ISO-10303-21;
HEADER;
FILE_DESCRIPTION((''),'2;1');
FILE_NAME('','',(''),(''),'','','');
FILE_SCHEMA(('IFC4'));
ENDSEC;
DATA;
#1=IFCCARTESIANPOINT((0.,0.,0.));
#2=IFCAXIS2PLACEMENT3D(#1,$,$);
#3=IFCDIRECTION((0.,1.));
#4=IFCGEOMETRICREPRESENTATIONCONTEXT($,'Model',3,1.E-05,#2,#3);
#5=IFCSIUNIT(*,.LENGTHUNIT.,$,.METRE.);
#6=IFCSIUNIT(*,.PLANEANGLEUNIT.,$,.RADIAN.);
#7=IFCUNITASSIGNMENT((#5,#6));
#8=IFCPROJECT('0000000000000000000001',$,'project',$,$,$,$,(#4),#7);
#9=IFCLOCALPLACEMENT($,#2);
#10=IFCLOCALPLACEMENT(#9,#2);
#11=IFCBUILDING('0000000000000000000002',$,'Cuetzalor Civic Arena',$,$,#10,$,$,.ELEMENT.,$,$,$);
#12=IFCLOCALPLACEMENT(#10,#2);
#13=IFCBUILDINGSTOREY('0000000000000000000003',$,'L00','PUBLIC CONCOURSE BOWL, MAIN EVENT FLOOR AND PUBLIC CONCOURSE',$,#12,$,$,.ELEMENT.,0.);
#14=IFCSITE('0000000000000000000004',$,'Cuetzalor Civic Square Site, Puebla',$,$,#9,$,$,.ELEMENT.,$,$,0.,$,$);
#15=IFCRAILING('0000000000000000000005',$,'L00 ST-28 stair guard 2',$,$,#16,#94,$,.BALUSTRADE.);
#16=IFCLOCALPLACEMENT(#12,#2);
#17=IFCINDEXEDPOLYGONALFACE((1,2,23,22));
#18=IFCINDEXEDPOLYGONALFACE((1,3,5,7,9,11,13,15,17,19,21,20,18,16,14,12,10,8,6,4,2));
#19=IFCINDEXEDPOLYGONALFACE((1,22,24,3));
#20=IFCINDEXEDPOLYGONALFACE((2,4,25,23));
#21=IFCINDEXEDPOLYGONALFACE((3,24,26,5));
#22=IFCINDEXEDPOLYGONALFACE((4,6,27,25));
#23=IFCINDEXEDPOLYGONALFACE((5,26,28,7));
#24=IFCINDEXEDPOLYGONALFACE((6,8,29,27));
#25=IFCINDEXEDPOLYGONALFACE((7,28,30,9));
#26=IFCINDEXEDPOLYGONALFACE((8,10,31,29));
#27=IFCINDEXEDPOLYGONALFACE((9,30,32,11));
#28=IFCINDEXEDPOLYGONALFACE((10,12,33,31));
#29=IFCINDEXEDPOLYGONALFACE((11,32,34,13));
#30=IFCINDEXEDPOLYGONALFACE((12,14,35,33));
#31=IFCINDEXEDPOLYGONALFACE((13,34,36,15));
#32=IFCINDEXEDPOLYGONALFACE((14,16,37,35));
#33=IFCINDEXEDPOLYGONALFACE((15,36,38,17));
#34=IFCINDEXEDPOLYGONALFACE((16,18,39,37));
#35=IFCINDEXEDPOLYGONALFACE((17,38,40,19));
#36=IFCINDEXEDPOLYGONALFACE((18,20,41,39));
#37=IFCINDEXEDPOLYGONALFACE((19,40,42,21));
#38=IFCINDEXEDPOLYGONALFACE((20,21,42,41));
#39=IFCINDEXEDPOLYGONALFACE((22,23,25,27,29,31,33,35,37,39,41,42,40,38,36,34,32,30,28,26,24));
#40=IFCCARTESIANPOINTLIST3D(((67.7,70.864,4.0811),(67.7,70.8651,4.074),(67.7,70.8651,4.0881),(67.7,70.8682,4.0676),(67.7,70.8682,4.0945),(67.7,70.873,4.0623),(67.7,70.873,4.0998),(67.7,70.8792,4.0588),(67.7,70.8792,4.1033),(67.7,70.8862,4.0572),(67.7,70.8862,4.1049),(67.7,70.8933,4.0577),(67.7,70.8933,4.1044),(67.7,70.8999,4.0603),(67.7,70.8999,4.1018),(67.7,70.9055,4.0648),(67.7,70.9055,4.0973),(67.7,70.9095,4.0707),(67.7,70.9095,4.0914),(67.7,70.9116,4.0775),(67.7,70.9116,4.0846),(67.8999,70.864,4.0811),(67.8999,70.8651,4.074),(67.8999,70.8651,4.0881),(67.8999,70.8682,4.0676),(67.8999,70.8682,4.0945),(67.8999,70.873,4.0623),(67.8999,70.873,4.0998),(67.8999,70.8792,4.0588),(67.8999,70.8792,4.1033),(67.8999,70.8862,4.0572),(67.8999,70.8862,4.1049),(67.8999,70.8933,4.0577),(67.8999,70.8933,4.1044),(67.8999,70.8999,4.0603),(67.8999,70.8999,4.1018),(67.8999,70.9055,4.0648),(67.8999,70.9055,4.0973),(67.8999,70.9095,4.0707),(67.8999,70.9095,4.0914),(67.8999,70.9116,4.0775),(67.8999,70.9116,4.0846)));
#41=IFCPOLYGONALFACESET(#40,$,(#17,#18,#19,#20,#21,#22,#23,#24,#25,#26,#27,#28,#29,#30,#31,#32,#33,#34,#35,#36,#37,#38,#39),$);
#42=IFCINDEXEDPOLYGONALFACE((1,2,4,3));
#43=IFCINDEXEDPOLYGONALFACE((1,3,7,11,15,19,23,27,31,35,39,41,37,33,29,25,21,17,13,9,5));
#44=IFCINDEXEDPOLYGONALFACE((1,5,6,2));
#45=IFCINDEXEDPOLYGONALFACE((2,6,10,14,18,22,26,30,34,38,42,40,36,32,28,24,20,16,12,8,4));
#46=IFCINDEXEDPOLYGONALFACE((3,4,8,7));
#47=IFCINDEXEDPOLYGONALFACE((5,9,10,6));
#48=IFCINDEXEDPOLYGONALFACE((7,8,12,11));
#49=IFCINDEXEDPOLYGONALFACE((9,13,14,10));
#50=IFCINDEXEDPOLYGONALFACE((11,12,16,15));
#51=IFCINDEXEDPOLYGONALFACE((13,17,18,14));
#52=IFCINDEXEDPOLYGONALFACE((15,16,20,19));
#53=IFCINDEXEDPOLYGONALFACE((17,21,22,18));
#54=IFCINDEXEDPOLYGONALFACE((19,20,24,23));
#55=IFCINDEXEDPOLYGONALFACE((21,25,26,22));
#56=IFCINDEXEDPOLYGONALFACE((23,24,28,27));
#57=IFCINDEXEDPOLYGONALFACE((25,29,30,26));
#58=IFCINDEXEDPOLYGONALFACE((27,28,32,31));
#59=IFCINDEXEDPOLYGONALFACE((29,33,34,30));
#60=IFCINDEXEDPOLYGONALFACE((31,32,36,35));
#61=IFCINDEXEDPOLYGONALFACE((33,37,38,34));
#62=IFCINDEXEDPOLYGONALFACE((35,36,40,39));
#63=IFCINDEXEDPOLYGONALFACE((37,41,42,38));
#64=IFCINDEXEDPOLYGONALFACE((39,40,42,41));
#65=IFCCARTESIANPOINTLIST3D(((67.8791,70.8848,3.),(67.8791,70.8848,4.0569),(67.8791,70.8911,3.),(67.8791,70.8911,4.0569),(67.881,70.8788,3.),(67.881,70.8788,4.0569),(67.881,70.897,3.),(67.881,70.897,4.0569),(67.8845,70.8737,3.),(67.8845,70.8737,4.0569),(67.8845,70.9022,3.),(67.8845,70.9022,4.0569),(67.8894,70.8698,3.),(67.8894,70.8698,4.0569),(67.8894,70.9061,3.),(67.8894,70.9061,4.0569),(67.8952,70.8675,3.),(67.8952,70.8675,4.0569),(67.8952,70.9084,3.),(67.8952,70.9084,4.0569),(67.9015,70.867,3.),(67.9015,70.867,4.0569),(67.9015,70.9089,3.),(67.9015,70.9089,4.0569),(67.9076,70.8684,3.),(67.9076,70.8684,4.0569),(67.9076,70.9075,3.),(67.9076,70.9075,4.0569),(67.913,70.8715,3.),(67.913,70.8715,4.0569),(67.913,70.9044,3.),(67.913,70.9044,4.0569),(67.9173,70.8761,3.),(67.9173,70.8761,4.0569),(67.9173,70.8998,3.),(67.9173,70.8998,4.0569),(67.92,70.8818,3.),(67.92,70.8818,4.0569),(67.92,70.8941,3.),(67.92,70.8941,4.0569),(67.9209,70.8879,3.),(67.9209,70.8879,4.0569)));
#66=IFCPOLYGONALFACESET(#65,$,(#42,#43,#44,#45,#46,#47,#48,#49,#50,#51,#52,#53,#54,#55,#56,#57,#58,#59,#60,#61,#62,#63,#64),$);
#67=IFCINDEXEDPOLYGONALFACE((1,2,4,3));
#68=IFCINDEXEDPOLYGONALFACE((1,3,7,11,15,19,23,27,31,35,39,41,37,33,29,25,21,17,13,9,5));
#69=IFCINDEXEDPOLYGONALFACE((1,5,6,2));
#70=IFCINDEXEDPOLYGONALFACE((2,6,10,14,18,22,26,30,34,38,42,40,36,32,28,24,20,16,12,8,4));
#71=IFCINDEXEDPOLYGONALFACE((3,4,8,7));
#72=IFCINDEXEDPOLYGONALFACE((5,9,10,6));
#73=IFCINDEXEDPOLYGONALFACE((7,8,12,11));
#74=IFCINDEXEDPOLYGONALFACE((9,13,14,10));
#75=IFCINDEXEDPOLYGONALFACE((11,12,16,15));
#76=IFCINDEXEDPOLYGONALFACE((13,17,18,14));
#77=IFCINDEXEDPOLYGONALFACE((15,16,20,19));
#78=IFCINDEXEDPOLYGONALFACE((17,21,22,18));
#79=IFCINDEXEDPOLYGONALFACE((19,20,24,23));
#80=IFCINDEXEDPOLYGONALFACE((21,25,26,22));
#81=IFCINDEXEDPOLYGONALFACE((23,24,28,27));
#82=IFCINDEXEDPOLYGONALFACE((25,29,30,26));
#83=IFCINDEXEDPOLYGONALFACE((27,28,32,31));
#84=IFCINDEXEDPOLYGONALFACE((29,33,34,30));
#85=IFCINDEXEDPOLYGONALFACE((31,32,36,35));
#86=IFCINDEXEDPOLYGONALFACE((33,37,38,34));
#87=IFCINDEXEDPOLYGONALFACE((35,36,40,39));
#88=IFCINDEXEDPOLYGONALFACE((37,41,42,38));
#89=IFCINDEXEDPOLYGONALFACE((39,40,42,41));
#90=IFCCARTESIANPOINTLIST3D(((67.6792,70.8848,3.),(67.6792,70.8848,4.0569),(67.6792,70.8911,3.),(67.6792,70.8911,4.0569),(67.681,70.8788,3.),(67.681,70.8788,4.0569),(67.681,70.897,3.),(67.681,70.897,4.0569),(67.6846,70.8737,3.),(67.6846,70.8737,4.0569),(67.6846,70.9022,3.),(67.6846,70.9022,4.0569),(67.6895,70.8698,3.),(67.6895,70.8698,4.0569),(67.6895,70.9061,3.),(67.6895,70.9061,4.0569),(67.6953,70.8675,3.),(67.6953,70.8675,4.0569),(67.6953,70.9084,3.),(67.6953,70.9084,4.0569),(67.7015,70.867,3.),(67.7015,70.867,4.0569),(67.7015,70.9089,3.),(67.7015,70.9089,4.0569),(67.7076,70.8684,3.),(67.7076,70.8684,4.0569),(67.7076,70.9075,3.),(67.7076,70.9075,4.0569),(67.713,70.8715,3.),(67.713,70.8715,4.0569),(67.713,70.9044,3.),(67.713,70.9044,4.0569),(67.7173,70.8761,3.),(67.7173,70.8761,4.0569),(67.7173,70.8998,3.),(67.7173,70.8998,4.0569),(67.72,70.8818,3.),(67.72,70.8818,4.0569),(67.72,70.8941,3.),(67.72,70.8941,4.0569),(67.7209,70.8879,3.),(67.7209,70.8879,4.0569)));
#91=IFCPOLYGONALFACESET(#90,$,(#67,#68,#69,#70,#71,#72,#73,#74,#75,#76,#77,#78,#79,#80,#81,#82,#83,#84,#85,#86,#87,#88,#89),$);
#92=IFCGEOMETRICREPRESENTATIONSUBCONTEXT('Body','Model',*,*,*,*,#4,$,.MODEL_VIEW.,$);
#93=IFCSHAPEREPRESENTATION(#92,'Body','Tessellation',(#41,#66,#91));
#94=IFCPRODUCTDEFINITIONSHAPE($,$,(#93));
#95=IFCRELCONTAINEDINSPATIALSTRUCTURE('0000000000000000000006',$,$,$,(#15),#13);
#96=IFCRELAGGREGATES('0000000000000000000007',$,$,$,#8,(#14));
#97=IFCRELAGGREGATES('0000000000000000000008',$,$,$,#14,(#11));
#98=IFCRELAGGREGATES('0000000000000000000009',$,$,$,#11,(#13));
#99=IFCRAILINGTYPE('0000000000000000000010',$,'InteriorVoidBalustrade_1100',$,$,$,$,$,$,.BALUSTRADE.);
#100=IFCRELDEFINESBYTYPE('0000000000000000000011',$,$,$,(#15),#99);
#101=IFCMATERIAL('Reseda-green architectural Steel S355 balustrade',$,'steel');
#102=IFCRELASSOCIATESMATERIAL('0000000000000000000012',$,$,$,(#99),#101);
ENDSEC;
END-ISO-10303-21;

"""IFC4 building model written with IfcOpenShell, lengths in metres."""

from ifc_helpers import new_model, si_unit, direction, frame, origin, origin_2d, place, context, subcontext, project, spatial, circle, extrude, material, type_object, element, save


model = new_model("IFC4")

# Units and contexts
model_context = context("Model", 3, precision=1e-05, world=origin(), true_north=direction((0.0, 1.0)))
body_context = subcontext(model_context, "Body", "Model", "MODEL_VIEW")
ifc_project = project(units=[si_unit("LENGTHUNIT", "METRE"), si_unit("PLANEANGLEUNIT", "RADIAN")], contexts=[model_context])

# Site, building, storey
site_placement = place(None, origin())
site = spatial("IfcSite", under=ifc_project, at=site_placement, Name="Cuetzalor Civic Square Site, Puebla", CompositionType="ELEMENT", RefElevation=0.0)
building_placement = place(site_placement, origin())
building = spatial("IfcBuilding", under=site, at=building_placement, Name="Cuetzalor Civic Arena", CompositionType="ELEMENT")
storey_placement = place(building_placement, origin())
storey = spatial("IfcBuildingStorey", under=building, at=storey_placement, Name="L00", Description="PUBLIC CONCOURSE BOWL, MAIN EVENT FLOOR AND PUBLIC CONCOURSE", CompositionType="ELEMENT", Elevation=0.0)

# Railing
ifc_material_1 = material(Name="Reseda-green architectural Steel S355 balustrade", Category="steel")
railing_type_1 = type_object("IfcRailingType", Name="InteriorVoidBalustrade_1100", PredefinedType="BALUSTRADE", material=ifc_material_1)
railing_1_placement = place(storey_placement, frame((67.8999, 70.8879, 3.0)))
element("IfcRailing", 1, at=railing_1_placement, inside=storey, type_object=railing_type_1, Name="L00 ST-28 stair guard 2", PredefinedType="BALUSTRADE", context=body_context, shape_type="SweptSolid", body=[
    extrude(circle(Radius=0.0239, at=origin_2d()), frame((0.0, 0.0, 1.0811), z_axis=(-1.0, 0.0, 0.0), x_axis=(0.0, -1.0, 0.0)), (0.0, 0.0, 1.0), 0.2),
    extrude(circle(Radius=0.021, at=origin_2d()), origin(), (0.0, 0.0, 1.0), 1.0569),
    extrude(circle(Radius=0.021, at=origin_2d()), frame((-0.2, 0.0, 0.0)), (0.0, 0.0, 1.0), 1.0569),
])

save(model, "model.ifc")
